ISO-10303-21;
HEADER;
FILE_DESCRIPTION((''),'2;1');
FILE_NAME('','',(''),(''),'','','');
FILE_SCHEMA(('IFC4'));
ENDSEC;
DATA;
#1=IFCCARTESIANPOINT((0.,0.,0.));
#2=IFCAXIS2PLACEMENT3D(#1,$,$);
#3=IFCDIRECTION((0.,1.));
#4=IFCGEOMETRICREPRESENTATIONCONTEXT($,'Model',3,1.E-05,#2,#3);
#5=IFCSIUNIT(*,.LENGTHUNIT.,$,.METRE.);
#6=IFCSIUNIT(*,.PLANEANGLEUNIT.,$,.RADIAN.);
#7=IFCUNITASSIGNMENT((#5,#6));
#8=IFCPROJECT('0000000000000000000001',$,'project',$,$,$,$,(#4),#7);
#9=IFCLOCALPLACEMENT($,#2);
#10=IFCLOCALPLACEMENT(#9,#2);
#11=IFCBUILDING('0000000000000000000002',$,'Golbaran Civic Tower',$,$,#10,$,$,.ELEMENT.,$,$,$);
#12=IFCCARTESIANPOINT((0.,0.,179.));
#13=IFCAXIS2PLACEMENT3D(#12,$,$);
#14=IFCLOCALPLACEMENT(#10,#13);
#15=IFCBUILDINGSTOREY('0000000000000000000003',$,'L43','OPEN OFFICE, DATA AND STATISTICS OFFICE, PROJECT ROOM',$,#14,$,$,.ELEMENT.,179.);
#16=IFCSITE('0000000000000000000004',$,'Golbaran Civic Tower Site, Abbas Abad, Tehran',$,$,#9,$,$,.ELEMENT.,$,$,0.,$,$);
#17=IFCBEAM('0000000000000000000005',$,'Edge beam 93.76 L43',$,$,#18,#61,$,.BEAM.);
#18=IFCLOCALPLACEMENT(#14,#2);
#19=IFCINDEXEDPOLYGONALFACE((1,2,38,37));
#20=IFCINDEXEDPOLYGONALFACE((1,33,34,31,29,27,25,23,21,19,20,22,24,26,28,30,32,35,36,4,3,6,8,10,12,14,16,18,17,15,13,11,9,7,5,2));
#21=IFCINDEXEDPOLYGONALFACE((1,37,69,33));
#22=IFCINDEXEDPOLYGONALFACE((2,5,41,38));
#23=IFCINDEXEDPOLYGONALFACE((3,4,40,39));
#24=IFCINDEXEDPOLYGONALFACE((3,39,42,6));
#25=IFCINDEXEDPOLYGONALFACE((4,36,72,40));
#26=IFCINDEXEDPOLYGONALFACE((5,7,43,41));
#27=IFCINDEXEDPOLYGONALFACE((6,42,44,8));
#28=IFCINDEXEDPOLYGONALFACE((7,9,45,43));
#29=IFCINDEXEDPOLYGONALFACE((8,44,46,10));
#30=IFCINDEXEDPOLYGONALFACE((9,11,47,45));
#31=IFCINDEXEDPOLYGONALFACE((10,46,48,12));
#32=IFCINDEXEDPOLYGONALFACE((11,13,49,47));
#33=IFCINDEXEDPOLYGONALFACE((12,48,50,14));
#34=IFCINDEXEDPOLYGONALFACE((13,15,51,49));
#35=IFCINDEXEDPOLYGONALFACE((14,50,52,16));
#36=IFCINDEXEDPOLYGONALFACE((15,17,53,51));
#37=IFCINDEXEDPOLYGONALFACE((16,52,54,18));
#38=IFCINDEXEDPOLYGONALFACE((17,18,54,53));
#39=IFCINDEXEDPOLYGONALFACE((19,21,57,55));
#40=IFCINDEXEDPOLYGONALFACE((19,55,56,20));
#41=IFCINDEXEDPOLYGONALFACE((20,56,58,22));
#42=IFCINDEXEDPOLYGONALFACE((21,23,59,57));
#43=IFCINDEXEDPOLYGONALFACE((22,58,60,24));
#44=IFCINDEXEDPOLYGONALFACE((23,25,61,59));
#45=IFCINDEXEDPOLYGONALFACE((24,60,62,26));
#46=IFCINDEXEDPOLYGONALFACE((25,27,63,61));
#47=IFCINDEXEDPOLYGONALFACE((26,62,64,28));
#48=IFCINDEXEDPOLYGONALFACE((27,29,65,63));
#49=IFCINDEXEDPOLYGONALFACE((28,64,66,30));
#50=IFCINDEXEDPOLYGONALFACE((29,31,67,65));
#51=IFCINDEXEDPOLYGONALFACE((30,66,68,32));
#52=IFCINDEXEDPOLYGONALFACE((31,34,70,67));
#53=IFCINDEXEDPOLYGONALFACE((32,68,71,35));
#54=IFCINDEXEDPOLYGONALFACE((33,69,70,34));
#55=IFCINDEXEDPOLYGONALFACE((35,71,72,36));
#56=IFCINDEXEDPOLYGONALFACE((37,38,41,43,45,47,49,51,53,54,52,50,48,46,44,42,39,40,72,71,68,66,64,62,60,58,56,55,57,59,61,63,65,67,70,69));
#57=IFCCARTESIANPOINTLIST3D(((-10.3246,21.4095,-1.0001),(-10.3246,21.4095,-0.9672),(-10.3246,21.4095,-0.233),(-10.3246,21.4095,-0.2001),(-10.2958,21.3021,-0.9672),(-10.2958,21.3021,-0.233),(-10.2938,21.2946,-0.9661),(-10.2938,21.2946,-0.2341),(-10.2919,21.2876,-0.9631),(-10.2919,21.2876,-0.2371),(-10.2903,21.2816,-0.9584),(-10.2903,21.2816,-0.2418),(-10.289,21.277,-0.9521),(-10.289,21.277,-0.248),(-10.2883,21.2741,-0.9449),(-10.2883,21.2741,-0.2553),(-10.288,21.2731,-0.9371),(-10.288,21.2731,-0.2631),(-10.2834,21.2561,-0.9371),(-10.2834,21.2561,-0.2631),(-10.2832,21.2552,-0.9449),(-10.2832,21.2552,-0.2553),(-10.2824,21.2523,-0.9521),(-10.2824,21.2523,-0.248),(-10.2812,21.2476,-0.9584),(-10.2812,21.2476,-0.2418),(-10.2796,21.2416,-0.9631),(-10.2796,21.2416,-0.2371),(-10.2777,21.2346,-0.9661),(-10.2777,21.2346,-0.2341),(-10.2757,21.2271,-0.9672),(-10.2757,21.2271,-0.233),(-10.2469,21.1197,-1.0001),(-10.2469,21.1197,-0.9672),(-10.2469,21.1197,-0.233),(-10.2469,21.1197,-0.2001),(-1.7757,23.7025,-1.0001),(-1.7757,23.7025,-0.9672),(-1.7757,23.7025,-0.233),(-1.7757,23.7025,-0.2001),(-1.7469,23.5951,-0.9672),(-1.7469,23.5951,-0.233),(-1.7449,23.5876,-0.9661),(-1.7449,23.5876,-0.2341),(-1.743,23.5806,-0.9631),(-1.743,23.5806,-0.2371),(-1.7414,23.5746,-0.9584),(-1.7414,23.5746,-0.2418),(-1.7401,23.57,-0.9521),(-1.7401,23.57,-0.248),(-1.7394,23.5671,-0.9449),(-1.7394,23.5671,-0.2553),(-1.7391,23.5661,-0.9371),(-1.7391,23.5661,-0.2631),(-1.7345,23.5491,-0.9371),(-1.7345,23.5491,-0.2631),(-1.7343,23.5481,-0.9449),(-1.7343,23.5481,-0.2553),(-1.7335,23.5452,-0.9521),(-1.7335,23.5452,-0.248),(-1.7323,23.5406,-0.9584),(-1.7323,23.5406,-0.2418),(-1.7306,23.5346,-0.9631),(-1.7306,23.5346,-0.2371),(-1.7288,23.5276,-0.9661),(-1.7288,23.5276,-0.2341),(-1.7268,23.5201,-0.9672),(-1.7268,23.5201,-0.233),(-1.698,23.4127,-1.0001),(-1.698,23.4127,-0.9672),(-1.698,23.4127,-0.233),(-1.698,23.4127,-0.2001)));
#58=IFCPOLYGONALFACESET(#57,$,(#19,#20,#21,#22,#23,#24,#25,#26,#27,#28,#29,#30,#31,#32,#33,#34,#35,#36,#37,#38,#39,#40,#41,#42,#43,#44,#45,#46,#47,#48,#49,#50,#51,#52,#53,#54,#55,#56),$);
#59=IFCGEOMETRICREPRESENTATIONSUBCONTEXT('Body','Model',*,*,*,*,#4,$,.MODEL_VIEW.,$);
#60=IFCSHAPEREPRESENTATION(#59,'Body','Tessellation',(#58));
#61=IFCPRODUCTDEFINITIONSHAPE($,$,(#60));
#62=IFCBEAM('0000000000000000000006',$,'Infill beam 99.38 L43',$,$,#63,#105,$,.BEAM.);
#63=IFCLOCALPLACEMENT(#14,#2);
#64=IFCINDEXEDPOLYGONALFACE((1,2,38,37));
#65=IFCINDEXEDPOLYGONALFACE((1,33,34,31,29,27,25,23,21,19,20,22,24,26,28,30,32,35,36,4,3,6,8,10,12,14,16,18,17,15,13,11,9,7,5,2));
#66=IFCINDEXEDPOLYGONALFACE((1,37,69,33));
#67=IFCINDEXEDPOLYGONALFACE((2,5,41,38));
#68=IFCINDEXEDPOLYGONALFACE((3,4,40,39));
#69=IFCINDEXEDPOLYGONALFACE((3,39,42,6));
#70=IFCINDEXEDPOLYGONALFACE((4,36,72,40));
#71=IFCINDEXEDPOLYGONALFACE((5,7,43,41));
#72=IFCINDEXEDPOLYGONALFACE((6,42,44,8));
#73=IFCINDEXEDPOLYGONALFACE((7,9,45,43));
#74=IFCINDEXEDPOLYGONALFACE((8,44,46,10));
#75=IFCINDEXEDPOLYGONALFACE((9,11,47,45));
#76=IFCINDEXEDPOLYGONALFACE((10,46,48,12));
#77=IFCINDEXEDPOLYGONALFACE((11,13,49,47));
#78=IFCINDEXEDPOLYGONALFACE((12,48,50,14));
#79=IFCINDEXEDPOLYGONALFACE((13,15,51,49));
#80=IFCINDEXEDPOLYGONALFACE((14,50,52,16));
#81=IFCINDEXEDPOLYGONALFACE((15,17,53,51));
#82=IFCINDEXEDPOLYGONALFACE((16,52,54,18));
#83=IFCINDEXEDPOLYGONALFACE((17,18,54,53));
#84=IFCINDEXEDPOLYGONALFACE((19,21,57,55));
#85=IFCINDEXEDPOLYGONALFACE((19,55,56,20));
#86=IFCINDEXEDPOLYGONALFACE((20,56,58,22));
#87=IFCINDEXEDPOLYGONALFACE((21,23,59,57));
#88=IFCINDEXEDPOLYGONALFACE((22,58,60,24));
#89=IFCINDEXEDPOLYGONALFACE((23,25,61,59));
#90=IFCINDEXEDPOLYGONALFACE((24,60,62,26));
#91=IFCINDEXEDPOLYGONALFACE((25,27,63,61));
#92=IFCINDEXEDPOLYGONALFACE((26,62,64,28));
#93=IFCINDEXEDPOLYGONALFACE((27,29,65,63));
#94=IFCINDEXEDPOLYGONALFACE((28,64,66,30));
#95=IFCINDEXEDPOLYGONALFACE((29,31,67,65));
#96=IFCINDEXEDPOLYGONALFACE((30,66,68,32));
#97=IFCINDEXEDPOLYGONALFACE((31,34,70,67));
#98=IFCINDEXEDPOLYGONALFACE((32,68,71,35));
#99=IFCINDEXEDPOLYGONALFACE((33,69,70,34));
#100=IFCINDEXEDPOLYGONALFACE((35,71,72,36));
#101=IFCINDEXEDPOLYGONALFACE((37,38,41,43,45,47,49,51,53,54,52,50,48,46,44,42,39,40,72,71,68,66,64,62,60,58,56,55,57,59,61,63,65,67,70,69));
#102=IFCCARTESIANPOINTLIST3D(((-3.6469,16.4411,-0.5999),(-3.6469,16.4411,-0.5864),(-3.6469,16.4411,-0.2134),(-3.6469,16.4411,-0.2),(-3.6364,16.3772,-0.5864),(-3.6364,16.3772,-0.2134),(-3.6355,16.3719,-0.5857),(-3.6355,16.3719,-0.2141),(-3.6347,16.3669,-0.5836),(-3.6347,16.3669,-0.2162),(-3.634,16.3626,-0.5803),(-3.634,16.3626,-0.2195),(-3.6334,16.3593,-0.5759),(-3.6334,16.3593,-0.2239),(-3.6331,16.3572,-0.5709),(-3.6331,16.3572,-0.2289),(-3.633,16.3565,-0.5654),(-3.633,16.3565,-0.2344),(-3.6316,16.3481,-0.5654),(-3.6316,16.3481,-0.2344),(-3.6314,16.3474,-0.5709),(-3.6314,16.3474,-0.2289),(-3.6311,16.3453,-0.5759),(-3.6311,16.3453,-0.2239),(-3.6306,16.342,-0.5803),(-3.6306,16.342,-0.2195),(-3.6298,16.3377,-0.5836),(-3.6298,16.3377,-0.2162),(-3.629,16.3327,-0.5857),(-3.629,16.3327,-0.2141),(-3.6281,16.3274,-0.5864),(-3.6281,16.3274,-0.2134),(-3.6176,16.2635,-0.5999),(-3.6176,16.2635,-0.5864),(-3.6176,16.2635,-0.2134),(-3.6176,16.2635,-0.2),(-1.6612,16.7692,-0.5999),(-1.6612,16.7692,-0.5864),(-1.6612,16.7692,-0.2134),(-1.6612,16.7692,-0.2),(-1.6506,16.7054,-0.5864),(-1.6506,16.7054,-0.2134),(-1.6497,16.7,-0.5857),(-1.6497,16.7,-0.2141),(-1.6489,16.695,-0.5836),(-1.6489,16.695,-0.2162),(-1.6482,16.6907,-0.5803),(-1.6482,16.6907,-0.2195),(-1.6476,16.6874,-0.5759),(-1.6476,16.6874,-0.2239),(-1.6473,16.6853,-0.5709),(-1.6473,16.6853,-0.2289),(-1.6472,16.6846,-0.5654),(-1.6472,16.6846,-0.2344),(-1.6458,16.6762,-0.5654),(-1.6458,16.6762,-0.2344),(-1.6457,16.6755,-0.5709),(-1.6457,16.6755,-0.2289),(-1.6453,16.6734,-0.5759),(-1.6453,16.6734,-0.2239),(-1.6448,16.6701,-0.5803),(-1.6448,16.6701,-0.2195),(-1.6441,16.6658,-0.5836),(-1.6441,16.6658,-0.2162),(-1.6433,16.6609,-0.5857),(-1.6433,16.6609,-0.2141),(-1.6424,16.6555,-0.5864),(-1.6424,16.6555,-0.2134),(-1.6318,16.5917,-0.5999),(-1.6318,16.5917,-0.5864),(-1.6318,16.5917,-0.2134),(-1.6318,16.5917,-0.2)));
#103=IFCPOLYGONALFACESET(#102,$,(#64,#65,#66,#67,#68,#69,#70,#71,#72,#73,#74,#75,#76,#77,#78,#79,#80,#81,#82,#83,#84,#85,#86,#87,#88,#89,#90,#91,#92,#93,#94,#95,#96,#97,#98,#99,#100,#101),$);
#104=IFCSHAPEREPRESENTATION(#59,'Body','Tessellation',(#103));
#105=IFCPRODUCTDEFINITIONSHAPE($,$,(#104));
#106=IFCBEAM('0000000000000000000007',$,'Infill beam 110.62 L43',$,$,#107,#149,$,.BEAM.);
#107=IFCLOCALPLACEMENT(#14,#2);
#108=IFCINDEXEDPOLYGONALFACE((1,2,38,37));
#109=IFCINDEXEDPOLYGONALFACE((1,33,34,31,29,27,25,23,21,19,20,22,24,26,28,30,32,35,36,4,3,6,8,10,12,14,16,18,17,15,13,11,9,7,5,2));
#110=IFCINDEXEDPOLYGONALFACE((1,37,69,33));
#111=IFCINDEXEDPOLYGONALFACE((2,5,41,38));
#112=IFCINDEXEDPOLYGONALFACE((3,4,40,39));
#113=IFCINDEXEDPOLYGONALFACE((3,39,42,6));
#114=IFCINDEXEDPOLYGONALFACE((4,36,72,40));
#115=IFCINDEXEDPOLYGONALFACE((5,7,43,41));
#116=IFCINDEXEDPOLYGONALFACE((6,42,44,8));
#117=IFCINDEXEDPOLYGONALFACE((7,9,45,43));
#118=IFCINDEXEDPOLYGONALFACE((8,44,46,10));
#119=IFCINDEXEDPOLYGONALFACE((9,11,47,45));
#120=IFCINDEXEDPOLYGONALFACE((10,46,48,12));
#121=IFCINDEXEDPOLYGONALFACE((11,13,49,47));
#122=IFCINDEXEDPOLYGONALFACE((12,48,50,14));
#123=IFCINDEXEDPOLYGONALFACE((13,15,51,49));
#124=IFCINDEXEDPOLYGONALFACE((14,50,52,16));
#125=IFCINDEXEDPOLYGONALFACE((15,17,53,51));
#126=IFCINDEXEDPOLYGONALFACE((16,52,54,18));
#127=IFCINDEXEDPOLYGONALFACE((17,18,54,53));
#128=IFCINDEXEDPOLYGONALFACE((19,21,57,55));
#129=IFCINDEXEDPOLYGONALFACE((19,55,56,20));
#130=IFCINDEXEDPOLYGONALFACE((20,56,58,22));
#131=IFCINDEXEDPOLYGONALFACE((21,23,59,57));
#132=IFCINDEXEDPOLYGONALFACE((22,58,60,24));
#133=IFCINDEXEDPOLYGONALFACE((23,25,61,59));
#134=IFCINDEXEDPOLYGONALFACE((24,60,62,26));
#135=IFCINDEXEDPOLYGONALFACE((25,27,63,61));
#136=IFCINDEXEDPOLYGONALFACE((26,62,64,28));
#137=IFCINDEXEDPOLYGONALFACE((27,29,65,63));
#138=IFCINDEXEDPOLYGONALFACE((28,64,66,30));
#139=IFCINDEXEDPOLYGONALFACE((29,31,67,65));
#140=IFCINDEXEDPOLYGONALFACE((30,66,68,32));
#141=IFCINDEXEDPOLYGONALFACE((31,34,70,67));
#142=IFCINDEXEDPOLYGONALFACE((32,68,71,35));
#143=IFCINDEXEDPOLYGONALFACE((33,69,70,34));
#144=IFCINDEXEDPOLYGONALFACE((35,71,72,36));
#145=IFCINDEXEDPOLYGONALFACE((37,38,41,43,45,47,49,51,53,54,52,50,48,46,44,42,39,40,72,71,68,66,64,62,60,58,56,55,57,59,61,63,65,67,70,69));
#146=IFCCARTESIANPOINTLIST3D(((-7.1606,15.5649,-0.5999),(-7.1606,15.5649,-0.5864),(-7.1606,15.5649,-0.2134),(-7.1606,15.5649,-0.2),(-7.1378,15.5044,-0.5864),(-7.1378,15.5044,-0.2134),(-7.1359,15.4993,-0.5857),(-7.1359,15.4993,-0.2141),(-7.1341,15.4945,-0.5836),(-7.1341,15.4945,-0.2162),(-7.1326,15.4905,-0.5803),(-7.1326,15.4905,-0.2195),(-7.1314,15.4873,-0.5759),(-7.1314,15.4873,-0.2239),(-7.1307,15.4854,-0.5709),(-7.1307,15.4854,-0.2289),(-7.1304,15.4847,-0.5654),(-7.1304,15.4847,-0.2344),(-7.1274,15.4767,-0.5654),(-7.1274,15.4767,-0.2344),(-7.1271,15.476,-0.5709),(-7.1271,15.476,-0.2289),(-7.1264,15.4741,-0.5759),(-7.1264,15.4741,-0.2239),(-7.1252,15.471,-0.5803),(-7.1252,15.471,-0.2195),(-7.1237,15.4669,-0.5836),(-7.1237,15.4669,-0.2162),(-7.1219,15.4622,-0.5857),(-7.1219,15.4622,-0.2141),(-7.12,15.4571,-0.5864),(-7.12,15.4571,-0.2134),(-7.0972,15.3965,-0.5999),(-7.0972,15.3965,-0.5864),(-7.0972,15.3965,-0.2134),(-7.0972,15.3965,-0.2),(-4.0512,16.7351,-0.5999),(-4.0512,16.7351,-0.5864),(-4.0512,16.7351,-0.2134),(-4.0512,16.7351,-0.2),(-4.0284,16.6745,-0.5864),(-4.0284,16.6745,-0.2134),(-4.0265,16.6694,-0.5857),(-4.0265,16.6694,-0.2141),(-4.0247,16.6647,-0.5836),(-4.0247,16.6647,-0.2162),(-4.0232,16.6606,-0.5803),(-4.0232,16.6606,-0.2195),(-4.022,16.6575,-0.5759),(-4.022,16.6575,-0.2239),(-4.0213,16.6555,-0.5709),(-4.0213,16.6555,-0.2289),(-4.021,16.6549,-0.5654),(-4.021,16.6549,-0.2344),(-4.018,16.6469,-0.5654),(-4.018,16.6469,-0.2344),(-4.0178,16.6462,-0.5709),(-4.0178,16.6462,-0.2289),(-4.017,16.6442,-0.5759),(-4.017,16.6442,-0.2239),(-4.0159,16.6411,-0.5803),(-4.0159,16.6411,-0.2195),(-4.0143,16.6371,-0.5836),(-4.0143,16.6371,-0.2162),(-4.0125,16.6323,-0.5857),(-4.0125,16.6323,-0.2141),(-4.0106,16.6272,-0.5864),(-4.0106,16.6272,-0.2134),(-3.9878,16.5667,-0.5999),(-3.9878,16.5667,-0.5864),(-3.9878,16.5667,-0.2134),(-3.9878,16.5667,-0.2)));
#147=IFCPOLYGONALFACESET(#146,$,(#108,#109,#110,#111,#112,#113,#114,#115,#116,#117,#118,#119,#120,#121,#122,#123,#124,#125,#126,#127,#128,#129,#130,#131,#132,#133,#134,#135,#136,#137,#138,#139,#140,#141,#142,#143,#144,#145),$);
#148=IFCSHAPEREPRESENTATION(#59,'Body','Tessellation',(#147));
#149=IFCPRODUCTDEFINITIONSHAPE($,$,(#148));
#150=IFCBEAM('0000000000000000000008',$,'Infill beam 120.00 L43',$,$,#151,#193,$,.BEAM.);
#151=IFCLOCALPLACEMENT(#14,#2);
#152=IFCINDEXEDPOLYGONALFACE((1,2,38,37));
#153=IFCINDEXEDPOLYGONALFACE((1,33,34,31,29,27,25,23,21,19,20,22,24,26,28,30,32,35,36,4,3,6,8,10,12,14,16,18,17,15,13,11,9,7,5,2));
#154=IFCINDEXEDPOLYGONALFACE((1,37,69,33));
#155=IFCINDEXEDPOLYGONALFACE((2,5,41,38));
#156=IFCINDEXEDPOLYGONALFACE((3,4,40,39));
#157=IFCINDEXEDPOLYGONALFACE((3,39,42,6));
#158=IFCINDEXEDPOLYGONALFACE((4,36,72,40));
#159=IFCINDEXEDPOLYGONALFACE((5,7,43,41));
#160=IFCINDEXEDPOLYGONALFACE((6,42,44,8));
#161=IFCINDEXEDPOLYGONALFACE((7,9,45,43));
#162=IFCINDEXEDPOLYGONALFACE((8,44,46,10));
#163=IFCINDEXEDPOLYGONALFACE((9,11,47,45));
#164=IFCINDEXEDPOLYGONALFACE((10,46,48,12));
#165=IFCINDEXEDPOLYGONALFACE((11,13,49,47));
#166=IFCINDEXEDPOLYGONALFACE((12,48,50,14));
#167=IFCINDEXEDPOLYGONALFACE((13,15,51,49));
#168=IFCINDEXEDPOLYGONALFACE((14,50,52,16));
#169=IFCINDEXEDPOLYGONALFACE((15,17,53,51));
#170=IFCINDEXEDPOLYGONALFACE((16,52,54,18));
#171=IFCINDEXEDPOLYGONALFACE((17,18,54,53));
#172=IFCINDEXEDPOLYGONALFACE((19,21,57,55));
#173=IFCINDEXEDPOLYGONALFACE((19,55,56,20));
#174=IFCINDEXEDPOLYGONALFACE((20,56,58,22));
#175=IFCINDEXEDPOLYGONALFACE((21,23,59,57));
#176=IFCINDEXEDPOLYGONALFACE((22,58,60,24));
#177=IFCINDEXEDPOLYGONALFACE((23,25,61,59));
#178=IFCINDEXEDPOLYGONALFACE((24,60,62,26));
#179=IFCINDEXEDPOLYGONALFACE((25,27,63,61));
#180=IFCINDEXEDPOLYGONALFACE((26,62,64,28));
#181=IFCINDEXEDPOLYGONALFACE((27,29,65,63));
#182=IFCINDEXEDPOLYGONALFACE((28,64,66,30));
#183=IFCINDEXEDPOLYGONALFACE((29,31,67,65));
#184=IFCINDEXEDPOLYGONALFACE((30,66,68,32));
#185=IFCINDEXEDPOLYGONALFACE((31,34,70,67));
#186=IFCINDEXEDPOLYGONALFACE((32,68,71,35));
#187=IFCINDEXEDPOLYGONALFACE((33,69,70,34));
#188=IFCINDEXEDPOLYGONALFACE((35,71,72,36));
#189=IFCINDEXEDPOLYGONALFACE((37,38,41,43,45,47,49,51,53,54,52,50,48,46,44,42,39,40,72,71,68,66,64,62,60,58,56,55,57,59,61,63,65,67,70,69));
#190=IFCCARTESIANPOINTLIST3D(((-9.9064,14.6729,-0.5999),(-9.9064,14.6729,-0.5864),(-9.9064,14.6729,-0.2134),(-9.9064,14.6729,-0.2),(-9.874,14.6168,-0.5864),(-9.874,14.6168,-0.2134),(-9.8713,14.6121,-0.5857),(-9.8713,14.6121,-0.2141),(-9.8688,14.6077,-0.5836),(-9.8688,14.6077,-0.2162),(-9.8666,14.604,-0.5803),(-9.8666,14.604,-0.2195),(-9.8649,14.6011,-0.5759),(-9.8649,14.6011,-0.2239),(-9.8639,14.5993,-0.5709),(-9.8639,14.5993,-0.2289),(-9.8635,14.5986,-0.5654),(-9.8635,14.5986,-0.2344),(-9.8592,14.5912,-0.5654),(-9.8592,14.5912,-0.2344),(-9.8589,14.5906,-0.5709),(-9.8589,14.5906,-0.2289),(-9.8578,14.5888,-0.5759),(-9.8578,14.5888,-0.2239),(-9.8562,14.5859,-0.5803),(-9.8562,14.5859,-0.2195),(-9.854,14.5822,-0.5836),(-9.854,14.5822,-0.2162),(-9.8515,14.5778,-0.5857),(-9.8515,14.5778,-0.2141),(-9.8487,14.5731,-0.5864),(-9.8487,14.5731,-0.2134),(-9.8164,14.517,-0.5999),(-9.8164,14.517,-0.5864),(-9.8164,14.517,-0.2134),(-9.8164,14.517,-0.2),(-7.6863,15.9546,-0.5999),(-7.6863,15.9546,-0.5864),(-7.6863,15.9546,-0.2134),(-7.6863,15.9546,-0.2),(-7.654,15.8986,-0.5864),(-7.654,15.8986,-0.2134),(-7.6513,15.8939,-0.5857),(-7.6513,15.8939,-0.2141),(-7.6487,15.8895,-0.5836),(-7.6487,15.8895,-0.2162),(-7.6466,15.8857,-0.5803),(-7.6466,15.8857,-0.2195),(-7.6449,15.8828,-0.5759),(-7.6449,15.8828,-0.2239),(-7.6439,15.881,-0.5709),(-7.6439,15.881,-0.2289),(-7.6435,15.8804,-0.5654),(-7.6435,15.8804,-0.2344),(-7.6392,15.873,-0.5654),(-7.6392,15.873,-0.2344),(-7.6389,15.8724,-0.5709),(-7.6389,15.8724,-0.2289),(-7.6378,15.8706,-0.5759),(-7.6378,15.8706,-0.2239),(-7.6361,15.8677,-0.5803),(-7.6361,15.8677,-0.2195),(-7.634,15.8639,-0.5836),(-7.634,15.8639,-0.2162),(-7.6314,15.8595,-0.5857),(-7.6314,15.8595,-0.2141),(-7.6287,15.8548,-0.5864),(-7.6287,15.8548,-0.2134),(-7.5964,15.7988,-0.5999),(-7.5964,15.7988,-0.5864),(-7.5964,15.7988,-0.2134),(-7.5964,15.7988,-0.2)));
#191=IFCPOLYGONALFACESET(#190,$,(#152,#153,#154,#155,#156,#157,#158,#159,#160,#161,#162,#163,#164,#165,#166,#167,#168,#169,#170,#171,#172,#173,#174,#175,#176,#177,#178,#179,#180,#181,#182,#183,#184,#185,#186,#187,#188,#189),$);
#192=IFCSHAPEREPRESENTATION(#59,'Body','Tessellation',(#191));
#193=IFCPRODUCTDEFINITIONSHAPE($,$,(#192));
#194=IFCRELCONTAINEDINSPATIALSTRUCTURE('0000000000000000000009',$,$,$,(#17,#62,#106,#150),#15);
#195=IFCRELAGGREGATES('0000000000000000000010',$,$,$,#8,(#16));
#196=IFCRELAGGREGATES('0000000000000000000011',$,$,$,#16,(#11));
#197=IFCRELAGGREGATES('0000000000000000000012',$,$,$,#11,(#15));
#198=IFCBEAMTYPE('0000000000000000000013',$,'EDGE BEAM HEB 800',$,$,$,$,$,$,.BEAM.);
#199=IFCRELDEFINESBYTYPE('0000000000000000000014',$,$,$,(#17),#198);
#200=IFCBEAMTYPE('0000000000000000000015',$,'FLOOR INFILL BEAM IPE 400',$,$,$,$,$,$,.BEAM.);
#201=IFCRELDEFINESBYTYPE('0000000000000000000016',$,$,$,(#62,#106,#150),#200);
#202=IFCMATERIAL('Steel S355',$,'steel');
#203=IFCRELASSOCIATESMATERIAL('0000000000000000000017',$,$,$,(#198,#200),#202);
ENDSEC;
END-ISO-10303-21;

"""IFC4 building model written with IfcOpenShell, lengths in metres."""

from ifc_helpers import new_model, si_unit, direction, frame, origin, origin_2d, place, context, subcontext, project, spatial, i_section, extrude, material, material_profile, profile_set, type_object, element, save


model = new_model("IFC4")

# Units and contexts
model_context = context("Model", 3, precision=1e-05, world=origin(), true_north=direction((0.0, 1.0)))
body_context = subcontext(model_context, "Body", "Model", "MODEL_VIEW")
ifc_project = project(units=[si_unit("LENGTHUNIT", "METRE"), si_unit("PLANEANGLEUNIT", "RADIAN")], contexts=[model_context])

# Site, building, storey
site_placement = place(None, origin())
site = spatial("IfcSite", under=ifc_project, at=site_placement, Name="Golbaran Civic Tower Site, Abbas Abad, Tehran", CompositionType="ELEMENT", RefElevation=0.0)
building_placement = place(site_placement, origin())
building = spatial("IfcBuilding", under=site, at=building_placement, Name="Golbaran Civic Tower", CompositionType="ELEMENT")
storey_placement = place(building_placement, frame((0.0, 0.0, 179.0)))
storey = spatial("IfcBuildingStorey", under=building, at=storey_placement, Name="L43", Description="OPEN OFFICE, DATA AND STATISTICS OFFICE, PROJECT ROOM", CompositionType="ELEMENT", Elevation=179.0)

# Beams
ifc_material_1 = material(Name="Steel S355", Category="steel")
ifc_material_profile_1 = material_profile(ifc_material_1, i_section(OverallWidth=0.3, OverallDepth=0.8, WebThickness=0.0176, FlangeThickness=0.033, FilletRadius=0.03, at=origin_2d()), Name="HEB 800")
ifc_profile_set_1 = profile_set([ifc_material_profile_1], Name="Steel S355")
beam_type_1 = type_object("IfcBeamType", Name="EDGE BEAM HEB 800", PredefinedType="BEAM", material=ifc_profile_set_1)
beam_1_placement = place(storey_placement, frame((-1.7368, 23.5576, -0.6001), z_axis=(-0.96586, -0.259063, 0.0), x_axis=(0.259063, -0.96586, 0.0)))
element("IfcBeam", 1, at=beam_1_placement, inside=storey, type_object=beam_type_1, Name="Edge beam 93.76 L43", PredefinedType="BEAM", context=body_context, shape_type="SweptSolid", body=[
    extrude(i_section(OverallWidth=0.3, OverallDepth=0.8, WebThickness=0.0176, FlangeThickness=0.033, FilletRadius=0.03, at=origin_2d()), origin(), (0.0, 0.0, 1.0), 8.8511),
])
ifc_material_profile_2 = material_profile(ifc_material_1, i_section(OverallWidth=0.1799, OverallDepth=0.3999, WebThickness=0.0085, FlangeThickness=0.0134, FilletRadius=0.021, at=origin_2d()), Name="IPE 400")
ifc_profile_set_2 = profile_set([ifc_material_profile_2], Name="Steel S355")
beam_type_2 = type_object("IfcBeamType", Name="FLOOR INFILL BEAM IPE 400", PredefinedType="BEAM", material=ifc_profile_set_2)
beam_2_placement = place(storey_placement, frame((-1.6465, 16.6804, -0.3999), z_axis=(-0.986622, -0.163022, 0.0), x_axis=(0.163022, -0.986622, 0.0)))
element("IfcBeam", 2, at=beam_2_placement, inside=storey, type_object=beam_type_2, Name="Infill beam 99.38 L43", PredefinedType="BEAM", context=body_context, shape_type="SweptSolid", body=[
    extrude(i_section(OverallWidth=0.1799, OverallDepth=0.3999, WebThickness=0.0085, FlangeThickness=0.0134, FilletRadius=0.021, at=origin_2d()), origin(), (0.0, 0.0, 1.0), 2.0127),
])
beam_3_placement = place(storey_placement, frame((-4.0195, 16.6509, -0.3999), z_axis=(-0.935918, -0.352218, 0.0), x_axis=(0.352218, -0.935918, 0.0)))
element("IfcBeam", 3, at=beam_3_placement, inside=storey, type_object=beam_type_2, Name="Infill beam 110.62 L43", PredefinedType="BEAM", context=body_context, shape_type="SweptSolid", body=[
    extrude(i_section(OverallWidth=0.1799, OverallDepth=0.3999, WebThickness=0.0085, FlangeThickness=0.0134, FilletRadius=0.021, at=origin_2d()), origin(), (0.0, 0.0, 1.0), 3.3223),
])
beam_4_placement = place(storey_placement, frame((-7.6414, 15.8767, -0.3999), z_axis=(-0.866019, -0.500011, 0.0), x_axis=(0.500011, -0.866019, 0.0)))
element("IfcBeam", 4, at=beam_4_placement, inside=storey, type_object=beam_type_2, Name="Infill beam 120.00 L43", PredefinedType="BEAM", context=body_context, shape_type="SweptSolid", body=[
    extrude(i_section(OverallWidth=0.1799, OverallDepth=0.3999, WebThickness=0.0085, FlangeThickness=0.0134, FilletRadius=0.021, at=origin_2d()), origin(), (0.0, 0.0, 1.0), 2.5635),
])

save(model, "model.ifc")
